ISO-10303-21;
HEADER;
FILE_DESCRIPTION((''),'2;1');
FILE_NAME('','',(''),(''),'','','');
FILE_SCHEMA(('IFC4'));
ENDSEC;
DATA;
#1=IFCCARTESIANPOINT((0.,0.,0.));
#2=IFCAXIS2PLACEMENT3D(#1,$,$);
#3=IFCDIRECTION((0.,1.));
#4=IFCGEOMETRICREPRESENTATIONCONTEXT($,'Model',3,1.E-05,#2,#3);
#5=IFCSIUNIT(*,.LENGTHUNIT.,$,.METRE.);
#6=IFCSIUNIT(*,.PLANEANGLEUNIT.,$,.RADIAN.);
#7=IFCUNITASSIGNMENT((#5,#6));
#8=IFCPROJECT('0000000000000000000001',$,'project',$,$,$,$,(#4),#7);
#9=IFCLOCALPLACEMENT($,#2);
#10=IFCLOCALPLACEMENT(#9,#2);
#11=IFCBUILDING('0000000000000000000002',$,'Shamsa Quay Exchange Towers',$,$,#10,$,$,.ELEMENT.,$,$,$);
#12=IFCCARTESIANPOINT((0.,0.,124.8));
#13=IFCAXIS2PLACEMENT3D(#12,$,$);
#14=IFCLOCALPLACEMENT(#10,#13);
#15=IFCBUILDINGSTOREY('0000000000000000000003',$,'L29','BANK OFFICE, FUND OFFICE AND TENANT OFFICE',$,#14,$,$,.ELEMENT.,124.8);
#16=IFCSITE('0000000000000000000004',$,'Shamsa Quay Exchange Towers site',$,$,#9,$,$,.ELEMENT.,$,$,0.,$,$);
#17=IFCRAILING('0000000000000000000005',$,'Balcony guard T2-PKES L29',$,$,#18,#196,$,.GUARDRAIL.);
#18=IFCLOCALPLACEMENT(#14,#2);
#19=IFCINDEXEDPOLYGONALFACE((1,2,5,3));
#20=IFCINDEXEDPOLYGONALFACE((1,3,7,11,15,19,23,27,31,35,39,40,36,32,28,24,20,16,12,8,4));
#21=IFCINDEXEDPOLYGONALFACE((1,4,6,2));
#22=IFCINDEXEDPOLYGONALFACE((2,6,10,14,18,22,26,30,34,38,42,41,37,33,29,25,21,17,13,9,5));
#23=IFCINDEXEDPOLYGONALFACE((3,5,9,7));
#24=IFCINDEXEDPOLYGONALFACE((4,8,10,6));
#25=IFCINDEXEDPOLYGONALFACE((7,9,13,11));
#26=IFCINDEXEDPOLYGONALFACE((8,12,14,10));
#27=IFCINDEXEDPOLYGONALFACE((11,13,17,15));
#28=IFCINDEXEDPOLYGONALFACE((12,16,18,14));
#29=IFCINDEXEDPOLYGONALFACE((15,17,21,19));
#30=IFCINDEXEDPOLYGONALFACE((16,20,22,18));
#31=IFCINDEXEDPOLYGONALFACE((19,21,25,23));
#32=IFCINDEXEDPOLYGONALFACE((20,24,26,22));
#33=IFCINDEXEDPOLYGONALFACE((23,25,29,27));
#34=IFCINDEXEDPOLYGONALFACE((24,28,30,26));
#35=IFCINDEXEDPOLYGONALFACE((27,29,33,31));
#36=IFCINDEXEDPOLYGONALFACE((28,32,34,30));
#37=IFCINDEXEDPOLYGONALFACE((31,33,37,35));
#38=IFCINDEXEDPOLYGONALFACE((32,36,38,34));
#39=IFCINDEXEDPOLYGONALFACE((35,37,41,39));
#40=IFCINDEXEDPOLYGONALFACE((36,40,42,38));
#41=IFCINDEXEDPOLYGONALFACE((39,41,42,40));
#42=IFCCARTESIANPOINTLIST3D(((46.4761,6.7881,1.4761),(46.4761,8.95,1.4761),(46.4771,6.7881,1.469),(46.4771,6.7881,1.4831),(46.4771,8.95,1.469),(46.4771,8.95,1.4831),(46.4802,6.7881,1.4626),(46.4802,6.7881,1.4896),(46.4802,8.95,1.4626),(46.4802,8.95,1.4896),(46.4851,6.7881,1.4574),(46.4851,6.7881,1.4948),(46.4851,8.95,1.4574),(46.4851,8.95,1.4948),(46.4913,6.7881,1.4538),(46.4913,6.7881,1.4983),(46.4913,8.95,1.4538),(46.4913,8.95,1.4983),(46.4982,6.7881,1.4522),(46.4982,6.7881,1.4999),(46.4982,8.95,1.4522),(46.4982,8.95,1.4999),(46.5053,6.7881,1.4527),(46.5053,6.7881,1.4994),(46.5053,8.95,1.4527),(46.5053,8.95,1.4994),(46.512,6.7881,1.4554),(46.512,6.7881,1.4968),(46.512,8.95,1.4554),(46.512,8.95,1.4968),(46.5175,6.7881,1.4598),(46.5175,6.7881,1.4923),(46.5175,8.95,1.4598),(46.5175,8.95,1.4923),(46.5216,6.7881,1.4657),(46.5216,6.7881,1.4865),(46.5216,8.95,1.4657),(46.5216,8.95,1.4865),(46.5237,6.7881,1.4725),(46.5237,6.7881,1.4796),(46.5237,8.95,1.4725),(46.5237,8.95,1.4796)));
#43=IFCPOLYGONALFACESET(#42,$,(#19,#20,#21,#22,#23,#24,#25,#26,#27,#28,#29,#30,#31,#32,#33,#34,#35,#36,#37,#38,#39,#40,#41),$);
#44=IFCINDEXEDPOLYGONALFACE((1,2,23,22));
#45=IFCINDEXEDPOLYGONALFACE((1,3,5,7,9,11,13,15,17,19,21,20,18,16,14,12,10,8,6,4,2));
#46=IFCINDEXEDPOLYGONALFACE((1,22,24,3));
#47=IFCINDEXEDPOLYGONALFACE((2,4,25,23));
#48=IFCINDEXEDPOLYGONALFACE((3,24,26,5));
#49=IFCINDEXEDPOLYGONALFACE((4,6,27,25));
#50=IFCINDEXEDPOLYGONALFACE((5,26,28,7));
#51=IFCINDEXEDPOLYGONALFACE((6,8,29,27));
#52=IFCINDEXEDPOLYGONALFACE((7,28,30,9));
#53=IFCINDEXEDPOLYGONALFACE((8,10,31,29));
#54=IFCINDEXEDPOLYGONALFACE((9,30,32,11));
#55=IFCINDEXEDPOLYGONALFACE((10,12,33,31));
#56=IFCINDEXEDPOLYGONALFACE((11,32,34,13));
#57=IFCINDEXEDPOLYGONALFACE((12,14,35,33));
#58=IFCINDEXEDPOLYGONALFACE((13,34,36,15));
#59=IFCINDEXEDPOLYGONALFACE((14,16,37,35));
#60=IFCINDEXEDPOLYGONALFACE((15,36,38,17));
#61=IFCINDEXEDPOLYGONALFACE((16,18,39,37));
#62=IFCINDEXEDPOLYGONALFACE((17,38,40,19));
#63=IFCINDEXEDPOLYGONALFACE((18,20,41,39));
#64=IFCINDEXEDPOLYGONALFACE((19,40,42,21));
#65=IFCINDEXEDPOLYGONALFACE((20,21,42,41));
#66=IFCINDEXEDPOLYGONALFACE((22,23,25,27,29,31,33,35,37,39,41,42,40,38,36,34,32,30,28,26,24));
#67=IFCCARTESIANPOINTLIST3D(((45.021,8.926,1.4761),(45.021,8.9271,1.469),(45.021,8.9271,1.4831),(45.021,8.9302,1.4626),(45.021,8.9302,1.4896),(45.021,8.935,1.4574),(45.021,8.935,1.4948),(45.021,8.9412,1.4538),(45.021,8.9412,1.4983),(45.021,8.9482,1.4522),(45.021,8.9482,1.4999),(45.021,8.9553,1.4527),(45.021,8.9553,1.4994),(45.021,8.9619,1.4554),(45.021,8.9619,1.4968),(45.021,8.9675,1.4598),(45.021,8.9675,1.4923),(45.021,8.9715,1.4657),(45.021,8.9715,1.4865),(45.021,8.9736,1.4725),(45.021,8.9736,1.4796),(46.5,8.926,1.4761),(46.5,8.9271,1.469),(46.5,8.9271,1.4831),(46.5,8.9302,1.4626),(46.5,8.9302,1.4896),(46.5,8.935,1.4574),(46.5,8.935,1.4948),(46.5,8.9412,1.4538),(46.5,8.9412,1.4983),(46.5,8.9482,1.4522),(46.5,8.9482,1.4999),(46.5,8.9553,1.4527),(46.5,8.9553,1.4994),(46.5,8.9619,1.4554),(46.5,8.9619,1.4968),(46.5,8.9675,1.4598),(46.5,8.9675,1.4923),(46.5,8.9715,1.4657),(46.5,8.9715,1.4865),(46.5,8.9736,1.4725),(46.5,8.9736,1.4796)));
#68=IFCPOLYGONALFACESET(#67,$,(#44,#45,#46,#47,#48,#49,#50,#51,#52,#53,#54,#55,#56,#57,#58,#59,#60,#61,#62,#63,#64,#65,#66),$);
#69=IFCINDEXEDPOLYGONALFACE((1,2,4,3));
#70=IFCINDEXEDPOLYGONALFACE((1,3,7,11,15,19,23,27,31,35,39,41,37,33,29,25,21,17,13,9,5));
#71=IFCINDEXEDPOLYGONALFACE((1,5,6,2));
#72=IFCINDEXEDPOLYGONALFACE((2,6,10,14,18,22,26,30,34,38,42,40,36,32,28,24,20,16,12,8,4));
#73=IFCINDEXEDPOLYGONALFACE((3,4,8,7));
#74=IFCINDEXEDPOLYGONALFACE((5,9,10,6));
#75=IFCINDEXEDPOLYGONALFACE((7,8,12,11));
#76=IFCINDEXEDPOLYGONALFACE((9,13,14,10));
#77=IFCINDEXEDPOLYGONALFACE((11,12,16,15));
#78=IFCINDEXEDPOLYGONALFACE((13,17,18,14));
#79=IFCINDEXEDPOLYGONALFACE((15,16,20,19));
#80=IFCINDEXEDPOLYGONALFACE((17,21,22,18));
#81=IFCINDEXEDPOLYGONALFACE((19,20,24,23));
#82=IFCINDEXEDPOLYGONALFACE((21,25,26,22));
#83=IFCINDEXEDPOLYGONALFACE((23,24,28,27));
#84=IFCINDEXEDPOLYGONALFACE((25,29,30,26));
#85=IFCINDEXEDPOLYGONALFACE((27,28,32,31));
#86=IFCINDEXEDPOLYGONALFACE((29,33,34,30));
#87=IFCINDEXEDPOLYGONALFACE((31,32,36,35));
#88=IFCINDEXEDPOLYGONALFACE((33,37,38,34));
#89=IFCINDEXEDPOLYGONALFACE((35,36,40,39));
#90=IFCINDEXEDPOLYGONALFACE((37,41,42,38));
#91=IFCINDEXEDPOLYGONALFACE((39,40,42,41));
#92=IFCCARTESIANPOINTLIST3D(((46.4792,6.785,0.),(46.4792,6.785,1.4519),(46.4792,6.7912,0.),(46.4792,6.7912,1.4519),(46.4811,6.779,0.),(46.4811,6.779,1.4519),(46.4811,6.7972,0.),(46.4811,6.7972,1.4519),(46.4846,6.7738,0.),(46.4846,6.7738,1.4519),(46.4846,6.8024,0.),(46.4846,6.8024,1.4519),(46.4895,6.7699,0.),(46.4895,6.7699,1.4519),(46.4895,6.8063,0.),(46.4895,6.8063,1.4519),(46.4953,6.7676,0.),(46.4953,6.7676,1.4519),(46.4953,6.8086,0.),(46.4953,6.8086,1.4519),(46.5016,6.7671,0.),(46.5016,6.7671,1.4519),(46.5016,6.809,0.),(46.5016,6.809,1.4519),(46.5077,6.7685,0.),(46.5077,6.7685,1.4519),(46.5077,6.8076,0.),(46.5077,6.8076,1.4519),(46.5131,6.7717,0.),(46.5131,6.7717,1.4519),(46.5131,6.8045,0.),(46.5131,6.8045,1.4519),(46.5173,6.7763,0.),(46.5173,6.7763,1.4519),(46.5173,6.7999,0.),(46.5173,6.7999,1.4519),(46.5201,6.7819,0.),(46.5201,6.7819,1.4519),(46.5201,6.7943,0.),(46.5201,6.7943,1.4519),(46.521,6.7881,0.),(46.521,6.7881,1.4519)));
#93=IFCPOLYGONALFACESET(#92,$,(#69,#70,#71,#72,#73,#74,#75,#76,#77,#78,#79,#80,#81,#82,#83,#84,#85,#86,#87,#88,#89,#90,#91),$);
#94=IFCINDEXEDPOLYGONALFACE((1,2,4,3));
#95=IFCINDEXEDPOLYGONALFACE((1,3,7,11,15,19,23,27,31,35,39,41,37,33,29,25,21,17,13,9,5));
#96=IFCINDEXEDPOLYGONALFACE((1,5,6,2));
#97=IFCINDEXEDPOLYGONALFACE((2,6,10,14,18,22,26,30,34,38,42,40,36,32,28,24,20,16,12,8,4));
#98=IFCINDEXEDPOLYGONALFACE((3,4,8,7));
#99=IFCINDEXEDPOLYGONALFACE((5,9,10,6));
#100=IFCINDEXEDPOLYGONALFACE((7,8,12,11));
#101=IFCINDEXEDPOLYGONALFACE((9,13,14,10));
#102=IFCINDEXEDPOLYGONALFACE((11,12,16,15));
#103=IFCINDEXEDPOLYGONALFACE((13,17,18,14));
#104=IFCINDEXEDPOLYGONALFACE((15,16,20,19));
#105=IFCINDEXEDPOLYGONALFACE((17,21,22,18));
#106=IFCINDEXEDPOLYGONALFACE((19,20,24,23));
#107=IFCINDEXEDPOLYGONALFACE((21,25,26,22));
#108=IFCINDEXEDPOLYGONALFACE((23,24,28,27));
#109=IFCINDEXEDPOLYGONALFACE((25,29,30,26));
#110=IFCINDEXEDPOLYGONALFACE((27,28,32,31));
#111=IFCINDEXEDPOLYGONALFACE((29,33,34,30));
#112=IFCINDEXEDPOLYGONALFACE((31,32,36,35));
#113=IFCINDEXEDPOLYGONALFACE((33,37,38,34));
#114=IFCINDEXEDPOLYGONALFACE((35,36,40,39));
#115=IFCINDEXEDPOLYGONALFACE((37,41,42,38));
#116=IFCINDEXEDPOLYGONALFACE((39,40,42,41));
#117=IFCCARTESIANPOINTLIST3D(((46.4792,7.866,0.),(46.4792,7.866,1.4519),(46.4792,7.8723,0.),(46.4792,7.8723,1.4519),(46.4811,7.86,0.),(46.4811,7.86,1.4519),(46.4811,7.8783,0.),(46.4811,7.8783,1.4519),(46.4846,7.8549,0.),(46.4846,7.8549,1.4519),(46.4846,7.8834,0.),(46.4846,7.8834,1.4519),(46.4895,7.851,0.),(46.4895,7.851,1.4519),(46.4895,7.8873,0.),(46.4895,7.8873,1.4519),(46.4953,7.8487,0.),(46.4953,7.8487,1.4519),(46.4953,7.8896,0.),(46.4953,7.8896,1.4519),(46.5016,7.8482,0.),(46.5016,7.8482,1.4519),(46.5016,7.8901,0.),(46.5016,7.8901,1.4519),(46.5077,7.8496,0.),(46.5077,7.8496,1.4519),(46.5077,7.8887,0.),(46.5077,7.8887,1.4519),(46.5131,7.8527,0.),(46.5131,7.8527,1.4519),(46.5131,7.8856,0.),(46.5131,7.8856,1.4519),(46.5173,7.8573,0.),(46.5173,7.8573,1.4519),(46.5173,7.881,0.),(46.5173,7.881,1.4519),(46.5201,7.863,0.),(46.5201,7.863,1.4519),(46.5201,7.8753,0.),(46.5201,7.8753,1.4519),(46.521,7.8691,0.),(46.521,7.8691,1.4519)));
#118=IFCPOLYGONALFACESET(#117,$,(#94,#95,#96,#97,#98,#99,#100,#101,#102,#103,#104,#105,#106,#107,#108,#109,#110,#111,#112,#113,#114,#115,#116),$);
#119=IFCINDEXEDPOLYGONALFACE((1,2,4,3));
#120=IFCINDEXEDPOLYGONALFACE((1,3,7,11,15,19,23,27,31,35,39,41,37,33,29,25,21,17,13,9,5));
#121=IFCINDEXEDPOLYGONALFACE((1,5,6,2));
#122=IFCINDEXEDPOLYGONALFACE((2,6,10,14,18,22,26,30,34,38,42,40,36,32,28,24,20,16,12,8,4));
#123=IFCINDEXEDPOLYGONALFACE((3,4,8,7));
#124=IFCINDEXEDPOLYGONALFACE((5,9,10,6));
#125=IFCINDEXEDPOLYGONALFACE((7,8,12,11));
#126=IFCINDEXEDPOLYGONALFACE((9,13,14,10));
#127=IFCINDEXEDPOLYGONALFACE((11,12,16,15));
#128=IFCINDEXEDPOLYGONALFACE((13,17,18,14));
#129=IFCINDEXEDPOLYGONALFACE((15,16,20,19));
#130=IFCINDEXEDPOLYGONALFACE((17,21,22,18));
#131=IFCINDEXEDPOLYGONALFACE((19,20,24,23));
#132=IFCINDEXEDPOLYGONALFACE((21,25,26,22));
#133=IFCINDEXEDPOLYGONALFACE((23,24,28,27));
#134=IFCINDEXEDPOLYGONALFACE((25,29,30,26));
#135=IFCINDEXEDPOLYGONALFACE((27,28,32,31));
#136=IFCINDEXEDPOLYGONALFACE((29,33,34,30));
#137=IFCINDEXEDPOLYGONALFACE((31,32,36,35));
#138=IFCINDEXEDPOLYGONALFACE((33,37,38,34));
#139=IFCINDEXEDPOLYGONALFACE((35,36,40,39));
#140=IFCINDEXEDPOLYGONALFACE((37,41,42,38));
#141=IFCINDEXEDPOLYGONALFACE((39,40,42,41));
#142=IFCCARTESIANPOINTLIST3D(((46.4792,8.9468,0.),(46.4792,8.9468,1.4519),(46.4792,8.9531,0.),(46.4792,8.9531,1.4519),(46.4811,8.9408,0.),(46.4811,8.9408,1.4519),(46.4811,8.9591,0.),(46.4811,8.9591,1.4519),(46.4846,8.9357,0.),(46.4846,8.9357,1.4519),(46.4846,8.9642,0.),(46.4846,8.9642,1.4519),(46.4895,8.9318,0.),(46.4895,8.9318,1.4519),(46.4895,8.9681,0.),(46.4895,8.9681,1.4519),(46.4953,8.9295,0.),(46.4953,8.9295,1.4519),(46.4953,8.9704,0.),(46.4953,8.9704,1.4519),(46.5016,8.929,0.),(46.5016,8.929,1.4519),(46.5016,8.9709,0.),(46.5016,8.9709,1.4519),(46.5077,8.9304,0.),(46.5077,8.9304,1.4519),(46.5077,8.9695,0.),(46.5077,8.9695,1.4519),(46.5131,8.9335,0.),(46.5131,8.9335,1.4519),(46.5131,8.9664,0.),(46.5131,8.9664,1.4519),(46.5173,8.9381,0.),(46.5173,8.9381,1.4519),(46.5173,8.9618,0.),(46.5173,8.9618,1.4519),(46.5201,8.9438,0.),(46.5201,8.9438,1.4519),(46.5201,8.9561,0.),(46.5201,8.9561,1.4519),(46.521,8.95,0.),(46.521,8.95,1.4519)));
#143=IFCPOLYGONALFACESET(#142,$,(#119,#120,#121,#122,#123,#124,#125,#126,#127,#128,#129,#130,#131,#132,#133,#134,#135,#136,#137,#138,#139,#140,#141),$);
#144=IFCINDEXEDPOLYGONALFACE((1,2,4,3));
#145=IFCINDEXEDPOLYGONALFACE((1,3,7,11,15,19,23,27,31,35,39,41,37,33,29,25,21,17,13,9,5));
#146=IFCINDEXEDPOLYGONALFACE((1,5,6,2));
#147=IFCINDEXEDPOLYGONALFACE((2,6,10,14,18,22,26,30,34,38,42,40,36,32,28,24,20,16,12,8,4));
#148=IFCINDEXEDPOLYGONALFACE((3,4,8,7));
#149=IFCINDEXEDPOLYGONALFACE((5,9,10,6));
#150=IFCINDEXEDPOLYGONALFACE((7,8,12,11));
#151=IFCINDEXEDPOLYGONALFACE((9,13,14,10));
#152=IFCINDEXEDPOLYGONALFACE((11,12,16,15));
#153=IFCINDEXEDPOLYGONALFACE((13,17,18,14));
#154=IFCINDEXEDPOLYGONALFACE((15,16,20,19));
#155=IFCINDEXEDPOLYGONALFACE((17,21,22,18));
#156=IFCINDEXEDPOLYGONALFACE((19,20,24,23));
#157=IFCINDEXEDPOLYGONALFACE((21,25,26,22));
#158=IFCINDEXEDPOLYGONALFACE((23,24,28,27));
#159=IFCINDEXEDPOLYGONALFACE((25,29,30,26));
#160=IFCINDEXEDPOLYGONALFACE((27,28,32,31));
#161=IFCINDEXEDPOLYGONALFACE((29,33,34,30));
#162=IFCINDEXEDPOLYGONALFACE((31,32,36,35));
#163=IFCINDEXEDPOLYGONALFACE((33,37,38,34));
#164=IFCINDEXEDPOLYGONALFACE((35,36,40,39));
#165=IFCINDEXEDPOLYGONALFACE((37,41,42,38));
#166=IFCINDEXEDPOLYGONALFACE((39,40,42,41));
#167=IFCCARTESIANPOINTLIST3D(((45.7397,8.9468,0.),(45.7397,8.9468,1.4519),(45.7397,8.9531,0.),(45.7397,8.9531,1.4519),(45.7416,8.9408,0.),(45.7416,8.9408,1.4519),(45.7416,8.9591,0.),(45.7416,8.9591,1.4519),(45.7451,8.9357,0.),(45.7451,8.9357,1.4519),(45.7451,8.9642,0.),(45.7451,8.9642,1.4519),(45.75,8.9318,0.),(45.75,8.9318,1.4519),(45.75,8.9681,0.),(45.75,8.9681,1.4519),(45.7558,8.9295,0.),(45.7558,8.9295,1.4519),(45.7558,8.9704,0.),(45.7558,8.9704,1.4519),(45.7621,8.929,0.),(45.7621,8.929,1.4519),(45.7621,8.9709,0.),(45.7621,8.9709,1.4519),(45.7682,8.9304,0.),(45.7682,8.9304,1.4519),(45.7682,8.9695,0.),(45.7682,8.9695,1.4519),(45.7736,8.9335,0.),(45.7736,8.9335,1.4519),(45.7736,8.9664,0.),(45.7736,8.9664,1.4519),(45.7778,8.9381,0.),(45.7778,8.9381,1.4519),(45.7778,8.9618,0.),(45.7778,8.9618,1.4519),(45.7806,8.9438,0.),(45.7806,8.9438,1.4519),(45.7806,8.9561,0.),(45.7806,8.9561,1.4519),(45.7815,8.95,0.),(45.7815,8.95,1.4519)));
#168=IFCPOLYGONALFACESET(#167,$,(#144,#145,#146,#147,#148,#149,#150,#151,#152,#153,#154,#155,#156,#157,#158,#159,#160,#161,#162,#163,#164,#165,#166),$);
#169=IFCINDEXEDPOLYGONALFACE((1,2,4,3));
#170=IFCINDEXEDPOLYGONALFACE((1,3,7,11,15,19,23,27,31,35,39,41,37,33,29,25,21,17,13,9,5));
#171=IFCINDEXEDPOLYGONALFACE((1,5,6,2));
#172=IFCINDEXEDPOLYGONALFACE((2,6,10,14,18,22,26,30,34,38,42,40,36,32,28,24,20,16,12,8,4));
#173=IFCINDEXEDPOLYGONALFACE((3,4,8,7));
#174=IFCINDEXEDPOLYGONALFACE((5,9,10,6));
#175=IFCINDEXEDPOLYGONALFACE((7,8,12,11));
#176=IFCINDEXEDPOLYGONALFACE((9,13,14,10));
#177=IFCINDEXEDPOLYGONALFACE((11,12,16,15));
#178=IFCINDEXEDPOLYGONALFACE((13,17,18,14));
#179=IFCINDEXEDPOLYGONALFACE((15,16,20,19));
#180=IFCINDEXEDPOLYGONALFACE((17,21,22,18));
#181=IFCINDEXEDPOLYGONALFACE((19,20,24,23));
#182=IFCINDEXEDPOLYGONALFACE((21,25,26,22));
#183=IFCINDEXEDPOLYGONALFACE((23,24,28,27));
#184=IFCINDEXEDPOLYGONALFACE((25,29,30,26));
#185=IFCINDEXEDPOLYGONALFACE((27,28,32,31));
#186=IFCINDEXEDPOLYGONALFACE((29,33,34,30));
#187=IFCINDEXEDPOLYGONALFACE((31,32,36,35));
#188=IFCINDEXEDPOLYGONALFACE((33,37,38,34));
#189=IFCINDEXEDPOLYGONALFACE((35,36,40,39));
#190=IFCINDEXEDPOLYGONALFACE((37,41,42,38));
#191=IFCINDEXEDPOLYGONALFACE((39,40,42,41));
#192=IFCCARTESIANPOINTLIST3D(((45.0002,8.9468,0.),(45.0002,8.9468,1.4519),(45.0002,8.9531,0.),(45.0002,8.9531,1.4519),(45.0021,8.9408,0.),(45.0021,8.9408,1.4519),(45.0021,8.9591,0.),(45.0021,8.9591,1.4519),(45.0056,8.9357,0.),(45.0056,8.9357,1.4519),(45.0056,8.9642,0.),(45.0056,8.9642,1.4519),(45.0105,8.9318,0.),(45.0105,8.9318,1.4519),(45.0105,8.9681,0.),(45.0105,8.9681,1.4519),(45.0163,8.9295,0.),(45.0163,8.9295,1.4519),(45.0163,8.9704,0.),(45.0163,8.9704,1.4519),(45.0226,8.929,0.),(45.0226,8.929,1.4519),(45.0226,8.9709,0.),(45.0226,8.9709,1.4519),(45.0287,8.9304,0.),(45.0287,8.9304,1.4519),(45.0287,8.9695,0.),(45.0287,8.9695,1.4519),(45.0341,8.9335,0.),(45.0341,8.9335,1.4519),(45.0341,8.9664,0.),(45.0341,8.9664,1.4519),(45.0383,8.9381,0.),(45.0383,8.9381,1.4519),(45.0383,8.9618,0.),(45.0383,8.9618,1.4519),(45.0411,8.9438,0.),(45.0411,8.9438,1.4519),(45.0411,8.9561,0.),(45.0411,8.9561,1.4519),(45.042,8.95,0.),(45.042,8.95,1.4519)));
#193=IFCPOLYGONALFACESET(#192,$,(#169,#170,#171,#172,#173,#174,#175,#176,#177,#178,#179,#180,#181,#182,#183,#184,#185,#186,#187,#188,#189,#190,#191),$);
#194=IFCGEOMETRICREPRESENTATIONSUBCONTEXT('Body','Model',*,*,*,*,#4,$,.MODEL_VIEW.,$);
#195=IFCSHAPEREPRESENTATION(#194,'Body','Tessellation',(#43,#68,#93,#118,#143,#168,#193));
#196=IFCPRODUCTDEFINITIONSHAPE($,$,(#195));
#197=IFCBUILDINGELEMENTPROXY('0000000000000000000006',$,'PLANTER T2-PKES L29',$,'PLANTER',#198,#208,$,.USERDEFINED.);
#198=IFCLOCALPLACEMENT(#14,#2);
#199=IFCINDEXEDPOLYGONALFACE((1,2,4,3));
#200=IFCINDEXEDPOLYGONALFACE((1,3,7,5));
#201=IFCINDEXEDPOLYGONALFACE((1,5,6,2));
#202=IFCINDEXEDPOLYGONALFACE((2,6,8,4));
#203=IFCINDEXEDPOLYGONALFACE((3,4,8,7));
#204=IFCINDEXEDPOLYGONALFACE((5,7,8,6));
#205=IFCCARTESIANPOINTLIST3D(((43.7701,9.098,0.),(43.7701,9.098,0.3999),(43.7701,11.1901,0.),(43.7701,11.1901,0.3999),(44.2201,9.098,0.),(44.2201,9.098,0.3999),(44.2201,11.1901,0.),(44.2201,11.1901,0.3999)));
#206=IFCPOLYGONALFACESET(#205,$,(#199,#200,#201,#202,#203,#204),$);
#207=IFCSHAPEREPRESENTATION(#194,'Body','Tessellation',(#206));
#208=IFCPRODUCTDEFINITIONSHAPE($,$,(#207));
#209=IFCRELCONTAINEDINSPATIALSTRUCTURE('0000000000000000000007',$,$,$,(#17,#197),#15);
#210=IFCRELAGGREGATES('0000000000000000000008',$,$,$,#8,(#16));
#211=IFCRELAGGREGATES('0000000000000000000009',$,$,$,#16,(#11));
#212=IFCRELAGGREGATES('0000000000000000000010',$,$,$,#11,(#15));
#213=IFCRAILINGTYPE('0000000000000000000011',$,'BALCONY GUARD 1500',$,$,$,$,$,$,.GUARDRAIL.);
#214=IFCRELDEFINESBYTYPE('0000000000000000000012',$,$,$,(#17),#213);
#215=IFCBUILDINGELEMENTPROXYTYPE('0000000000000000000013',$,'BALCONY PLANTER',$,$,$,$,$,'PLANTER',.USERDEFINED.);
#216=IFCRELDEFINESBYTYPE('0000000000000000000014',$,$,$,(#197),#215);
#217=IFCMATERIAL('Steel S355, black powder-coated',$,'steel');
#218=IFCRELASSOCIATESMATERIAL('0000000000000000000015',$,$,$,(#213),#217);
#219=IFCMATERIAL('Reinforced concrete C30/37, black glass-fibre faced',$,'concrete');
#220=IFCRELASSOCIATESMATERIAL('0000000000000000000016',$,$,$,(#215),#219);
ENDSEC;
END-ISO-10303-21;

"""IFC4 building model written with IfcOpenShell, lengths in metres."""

from ifc_helpers import new_model, si_unit, direction, frame, origin, origin_2d, place, context, subcontext, project, spatial, rectangle, circle, extrude, material, type_object, element, save


model = new_model("IFC4")

# Units and contexts
model_context = context("Model", 3, precision=1e-05, world=origin(), true_north=direction((0.0, 1.0)))
body_context = subcontext(model_context, "Body", "Model", "MODEL_VIEW")
ifc_project = project(units=[si_unit("LENGTHUNIT", "METRE"), si_unit("PLANEANGLEUNIT", "RADIAN")], contexts=[model_context])

# Site, building, storey
site_placement = place(None, origin())
site = spatial("IfcSite", under=ifc_project, at=site_placement, Name="Shamsa Quay Exchange Towers site", CompositionType="ELEMENT", RefElevation=0.0)
building_placement = place(site_placement, origin())
building = spatial("IfcBuilding", under=site, at=building_placement, Name="Shamsa Quay Exchange Towers", CompositionType="ELEMENT")
storey_placement = place(building_placement, frame((0.0, 0.0, 124.8)))
storey = spatial("IfcBuildingStorey", under=building, at=storey_placement, Name="L29", Description="BANK OFFICE, FUND OFFICE AND TENANT OFFICE", CompositionType="ELEMENT", Elevation=124.8)

# Railing
ifc_material_1 = material(Name="Steel S355, black powder-coated", Category="steel")
railing_type_1 = type_object("IfcRailingType", Name="BALCONY GUARD 1500", PredefinedType="GUARDRAIL", material=ifc_material_1)
for number, where, name in (
    (1, (46.5, 6.7881, 0.0), "Balcony guard T2-PKES L29"),
):
    element("IfcRailing", number, at=place(storey_placement, frame(where)), inside=storey, type_object=railing_type_1, Name=name, PredefinedType="GUARDRAIL", context=body_context, shape_type="SweptSolid", body=[
        extrude(circle(Radius=0.0239, at=origin_2d()), frame((0.0, 0.0, 1.4761), z_axis=(0.0, 1.0, 0.0), x_axis=(-1.0, 0.0, 0.0)), (0.0, 0.0, 1.0), 2.1619),
        extrude(circle(Radius=0.0239, at=origin_2d()), frame((0.0, 2.1619, 1.4761), z_axis=(-1.0, 0.0, 0.0), x_axis=(0.0, -1.0, 0.0)), (0.0, 0.0, 1.0), 1.479),
        extrude(circle(Radius=0.021, at=origin_2d()), origin(), (0.0, 0.0, 1.0), 1.4519),
        extrude(circle(Radius=0.021, at=origin_2d()), frame((0.0, 1.0811, 0.0)), (0.0, 0.0, 1.0), 1.4519),
        extrude(circle(Radius=0.021, at=origin_2d()), frame((0.0, 2.1619, 0.0)), (0.0, 0.0, 1.0), 1.4519),
        extrude(circle(Radius=0.021, at=origin_2d()), frame((-0.7395, 2.1619, 0.0)), (0.0, 0.0, 1.0), 1.4519),
        extrude(circle(Radius=0.021, at=origin_2d()), frame((-1.479, 2.1619, 0.0)), (0.0, 0.0, 1.0), 1.4519),
    ])

# Building element proxy
ifc_material_2 = material(Name="Reinforced concrete C30/37, black glass-fibre faced", Category="concrete")
building_element_proxy_type = type_object("IfcBuildingElementProxyType", Name="BALCONY PLANTER", ElementType="PLANTER", PredefinedType="USERDEFINED", material=ifc_material_2)
for number, where, z_axis, x_axis, name in (
    (2, (43.9951, 10.144, 0.0), (0.0, 0.0, 1.0), (0.0, 1.0, 0.0), "PLANTER T2-PKES L29"),
):
    element("IfcBuildingElementProxy", number, at=place(storey_placement, frame(where, z_axis=z_axis, x_axis=x_axis)), inside=storey, type_object=building_element_proxy_type, Name=name, ObjectType="PLANTER", PredefinedType="USERDEFINED", context=body_context, shape_type="SweptSolid", body=[
        extrude(rectangle(XDim=2.092, YDim=0.45, at=origin_2d()), origin(), (0.0, 0.0, 1.0), 0.3999),
    ])

save(model, "model.ifc")
